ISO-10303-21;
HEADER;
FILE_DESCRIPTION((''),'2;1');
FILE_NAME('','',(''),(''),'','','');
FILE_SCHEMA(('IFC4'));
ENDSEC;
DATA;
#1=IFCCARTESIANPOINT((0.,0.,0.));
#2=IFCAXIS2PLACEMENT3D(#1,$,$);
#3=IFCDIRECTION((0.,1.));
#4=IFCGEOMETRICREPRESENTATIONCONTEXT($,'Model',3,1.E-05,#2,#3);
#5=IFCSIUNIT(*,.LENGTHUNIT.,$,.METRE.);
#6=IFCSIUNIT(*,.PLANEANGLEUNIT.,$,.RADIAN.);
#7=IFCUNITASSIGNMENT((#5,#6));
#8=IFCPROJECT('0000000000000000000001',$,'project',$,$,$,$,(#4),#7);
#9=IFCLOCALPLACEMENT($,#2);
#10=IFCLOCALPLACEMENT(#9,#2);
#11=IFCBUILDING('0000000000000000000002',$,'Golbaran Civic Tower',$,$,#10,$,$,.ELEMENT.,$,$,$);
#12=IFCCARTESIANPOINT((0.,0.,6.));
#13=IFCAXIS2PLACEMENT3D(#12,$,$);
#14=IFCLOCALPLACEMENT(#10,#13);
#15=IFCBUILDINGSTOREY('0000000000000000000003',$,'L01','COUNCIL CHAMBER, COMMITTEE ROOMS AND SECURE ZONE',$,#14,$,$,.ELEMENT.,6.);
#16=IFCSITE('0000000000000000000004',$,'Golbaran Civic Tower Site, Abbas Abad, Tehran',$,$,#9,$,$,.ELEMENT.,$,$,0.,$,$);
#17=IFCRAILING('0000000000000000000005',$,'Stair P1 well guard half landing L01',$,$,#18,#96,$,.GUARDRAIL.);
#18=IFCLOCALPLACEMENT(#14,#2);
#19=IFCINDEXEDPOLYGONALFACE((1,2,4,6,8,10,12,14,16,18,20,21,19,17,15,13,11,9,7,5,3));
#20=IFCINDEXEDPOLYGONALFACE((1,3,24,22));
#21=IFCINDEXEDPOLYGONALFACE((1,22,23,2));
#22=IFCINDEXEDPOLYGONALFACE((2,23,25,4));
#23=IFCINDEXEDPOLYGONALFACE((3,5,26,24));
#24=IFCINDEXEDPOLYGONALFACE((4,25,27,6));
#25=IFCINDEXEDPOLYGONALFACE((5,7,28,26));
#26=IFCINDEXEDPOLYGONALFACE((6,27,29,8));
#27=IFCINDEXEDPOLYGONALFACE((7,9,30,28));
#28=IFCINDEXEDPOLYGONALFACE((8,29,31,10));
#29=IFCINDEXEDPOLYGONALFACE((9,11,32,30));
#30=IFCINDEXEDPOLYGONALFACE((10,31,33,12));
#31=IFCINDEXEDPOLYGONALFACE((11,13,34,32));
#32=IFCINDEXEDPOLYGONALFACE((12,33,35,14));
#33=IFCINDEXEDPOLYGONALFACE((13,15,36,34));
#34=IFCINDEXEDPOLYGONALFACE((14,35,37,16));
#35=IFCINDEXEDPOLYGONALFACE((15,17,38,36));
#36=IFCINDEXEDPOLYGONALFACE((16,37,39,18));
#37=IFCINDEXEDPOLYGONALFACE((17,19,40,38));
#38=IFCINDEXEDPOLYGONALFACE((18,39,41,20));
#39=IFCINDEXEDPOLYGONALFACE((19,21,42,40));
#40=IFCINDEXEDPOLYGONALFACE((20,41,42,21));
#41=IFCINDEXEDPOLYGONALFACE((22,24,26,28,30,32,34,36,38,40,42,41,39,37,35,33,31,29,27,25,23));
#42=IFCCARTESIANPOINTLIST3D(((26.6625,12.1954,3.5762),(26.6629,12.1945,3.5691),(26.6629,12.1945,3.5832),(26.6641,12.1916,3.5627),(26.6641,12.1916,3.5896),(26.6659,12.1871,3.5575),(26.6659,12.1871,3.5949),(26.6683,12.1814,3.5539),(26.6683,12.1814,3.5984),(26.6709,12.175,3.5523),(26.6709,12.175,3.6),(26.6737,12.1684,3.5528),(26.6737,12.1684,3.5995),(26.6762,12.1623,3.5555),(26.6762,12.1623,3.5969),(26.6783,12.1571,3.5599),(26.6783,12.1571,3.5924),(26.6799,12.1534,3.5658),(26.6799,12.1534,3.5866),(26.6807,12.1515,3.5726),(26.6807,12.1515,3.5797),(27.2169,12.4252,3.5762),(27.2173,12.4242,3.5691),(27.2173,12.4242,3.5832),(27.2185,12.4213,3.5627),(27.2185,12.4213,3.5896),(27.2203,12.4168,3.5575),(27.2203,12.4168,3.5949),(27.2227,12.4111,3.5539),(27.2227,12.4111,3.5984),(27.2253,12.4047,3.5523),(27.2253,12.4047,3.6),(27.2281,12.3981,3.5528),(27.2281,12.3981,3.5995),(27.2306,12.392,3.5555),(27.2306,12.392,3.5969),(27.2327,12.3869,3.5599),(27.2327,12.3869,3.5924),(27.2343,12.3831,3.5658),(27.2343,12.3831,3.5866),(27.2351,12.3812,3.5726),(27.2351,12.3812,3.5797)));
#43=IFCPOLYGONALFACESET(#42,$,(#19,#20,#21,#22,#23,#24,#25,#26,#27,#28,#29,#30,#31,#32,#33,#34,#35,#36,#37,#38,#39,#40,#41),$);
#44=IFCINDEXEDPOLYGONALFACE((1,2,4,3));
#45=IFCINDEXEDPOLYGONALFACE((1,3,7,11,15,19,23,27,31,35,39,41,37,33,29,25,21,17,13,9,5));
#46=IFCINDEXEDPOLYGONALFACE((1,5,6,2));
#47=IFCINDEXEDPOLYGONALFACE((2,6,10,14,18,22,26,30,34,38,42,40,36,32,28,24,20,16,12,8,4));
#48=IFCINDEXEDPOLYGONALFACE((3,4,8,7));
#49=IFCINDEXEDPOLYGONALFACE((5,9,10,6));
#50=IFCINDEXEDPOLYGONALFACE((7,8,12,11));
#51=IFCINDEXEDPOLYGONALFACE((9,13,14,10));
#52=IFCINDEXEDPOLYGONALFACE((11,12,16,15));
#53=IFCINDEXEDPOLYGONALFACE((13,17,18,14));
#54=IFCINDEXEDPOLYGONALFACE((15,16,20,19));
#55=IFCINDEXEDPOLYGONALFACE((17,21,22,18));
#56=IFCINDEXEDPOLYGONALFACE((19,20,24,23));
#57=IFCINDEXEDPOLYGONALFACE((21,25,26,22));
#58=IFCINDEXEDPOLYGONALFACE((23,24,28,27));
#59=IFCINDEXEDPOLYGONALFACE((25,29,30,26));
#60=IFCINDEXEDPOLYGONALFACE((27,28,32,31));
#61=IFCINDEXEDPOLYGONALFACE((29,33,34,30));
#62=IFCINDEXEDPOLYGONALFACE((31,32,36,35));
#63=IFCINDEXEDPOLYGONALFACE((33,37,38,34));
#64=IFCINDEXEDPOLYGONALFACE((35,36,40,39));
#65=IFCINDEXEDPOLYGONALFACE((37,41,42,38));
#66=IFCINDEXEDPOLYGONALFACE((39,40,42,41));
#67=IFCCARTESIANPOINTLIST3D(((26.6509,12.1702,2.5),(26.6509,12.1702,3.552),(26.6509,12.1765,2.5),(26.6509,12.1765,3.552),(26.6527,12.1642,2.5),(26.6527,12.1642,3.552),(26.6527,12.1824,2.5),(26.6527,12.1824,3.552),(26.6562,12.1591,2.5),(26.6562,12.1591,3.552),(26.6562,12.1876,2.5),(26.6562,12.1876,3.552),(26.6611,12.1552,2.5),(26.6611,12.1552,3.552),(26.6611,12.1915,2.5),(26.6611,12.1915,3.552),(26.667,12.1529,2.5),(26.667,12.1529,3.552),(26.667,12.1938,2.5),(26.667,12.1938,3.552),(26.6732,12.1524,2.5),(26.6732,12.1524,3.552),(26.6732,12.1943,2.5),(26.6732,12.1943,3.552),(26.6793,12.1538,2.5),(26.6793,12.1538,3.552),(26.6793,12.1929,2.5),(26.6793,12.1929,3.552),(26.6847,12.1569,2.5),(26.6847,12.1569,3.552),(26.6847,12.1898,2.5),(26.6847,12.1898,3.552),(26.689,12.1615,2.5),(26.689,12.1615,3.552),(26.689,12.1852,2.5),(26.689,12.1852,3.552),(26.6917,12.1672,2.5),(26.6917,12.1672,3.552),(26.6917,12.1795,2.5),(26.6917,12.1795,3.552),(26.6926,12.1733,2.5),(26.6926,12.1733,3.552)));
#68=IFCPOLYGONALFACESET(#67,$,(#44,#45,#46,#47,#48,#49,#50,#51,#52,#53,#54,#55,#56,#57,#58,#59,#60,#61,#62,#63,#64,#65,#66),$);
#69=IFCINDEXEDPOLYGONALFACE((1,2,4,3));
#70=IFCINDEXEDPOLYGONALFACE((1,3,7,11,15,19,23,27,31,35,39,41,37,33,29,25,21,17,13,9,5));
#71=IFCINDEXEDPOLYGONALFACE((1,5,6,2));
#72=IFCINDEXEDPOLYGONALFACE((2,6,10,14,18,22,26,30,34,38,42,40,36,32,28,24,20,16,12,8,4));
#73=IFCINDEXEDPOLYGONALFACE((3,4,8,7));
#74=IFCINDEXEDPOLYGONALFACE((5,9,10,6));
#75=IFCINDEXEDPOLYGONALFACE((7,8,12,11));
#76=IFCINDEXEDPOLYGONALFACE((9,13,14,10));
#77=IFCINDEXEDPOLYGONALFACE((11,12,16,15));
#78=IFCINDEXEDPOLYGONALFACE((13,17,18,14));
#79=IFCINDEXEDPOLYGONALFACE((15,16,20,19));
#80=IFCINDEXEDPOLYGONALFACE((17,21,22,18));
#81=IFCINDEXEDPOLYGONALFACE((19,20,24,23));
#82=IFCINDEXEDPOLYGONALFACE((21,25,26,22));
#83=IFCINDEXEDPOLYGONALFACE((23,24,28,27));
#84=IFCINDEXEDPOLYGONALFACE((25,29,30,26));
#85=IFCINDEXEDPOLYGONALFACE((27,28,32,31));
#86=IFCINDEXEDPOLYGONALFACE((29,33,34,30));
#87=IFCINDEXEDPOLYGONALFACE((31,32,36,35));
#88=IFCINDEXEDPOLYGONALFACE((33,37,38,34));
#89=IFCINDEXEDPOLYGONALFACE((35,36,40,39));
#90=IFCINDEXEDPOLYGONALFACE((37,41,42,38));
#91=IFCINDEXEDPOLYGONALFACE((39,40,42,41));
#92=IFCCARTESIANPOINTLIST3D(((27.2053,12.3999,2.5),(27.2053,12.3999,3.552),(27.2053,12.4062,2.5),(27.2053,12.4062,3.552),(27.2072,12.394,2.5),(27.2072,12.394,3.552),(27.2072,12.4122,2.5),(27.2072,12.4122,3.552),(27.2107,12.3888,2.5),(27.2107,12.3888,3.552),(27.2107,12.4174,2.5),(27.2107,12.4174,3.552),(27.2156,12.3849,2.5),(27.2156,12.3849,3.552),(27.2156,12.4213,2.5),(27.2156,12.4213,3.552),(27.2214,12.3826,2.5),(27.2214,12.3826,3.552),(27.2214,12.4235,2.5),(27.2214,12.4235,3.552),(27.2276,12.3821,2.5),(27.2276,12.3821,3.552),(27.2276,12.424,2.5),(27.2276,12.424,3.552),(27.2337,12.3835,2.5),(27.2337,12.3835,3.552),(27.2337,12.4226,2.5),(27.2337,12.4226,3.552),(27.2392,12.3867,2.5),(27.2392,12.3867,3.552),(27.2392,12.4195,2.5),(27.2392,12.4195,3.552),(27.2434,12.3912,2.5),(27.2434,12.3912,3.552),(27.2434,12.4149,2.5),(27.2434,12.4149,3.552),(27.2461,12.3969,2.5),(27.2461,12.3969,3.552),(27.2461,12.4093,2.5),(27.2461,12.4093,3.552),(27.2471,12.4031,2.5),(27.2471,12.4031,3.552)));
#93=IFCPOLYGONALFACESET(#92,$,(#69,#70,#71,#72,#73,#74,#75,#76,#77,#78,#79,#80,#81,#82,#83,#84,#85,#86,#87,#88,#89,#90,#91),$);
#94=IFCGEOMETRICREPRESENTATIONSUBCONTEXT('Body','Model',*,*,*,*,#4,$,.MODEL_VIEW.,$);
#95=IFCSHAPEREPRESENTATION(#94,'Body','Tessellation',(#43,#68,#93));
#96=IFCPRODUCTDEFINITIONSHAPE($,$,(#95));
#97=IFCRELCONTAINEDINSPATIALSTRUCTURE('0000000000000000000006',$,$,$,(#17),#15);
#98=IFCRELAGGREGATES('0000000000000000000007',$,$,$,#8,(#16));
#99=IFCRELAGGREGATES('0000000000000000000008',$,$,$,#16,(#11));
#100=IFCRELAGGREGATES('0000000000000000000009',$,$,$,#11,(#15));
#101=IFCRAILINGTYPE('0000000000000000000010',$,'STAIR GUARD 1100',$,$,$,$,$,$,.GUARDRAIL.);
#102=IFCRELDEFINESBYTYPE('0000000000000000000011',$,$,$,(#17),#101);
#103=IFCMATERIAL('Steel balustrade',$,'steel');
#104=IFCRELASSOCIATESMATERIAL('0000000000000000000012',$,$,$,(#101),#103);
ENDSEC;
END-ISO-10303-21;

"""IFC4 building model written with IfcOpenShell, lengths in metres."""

from ifc_helpers import new_model, si_unit, direction, frame, origin, origin_2d, place, context, subcontext, project, spatial, circle, extrude, material, type_object, element, save


model = new_model("IFC4")

# Units and contexts
model_context = context("Model", 3, precision=1e-05, world=origin(), true_north=direction((0.0, 1.0)))
body_context = subcontext(model_context, "Body", "Model", "MODEL_VIEW")
ifc_project = project(units=[si_unit("LENGTHUNIT", "METRE"), si_unit("PLANEANGLEUNIT", "RADIAN")], contexts=[model_context])

# Site, building, storey
site_placement = place(None, origin())
site = spatial("IfcSite", under=ifc_project, at=site_placement, Name="Golbaran Civic Tower Site, Abbas Abad, Tehran", CompositionType="ELEMENT", RefElevation=0.0)
building_placement = place(site_placement, origin())
building = spatial("IfcBuilding", under=site, at=building_placement, Name="Golbaran Civic Tower", CompositionType="ELEMENT")
storey_placement = place(building_placement, frame((0.0, 0.0, 6.0)))
storey = spatial("IfcBuildingStorey", under=building, at=storey_placement, Name="L01", Description="COUNCIL CHAMBER, COMMITTEE ROOMS AND SECURE ZONE", CompositionType="ELEMENT", Elevation=6.0)

# Railing
ifc_material_1 = material(Name="Steel balustrade", Category="steel")
railing_type_1 = type_object("IfcRailingType", Name="STAIR GUARD 1100", PredefinedType="GUARDRAIL", material=ifc_material_1)
railing_1_placement = place(storey_placement, frame((26.6716, 12.1733, 2.5)))
element("IfcRailing", 1, at=railing_1_placement, inside=storey, type_object=railing_type_1, Name="Stair P1 well guard half landing L01", PredefinedType="GUARDRAIL", context=body_context, shape_type="SweptSolid", body=[
    extrude(circle(Radius=0.0239, at=origin_2d()), frame((0.0, 0.0, 1.0762), z_axis=(0.923833, 0.382795, 0.0), x_axis=(-0.382795, 0.923833, 0.0)), (0.0, 0.0, 1.0), 0.6001),
    extrude(circle(Radius=0.021, at=origin_2d()), origin(), (0.0, 0.0, 1.0), 1.052),
    extrude(circle(Radius=0.021, at=origin_2d()), frame((0.5544, 0.2297, 0.0)), (0.0, 0.0, 1.0), 1.052),
])

save(model, "model.ifc")
